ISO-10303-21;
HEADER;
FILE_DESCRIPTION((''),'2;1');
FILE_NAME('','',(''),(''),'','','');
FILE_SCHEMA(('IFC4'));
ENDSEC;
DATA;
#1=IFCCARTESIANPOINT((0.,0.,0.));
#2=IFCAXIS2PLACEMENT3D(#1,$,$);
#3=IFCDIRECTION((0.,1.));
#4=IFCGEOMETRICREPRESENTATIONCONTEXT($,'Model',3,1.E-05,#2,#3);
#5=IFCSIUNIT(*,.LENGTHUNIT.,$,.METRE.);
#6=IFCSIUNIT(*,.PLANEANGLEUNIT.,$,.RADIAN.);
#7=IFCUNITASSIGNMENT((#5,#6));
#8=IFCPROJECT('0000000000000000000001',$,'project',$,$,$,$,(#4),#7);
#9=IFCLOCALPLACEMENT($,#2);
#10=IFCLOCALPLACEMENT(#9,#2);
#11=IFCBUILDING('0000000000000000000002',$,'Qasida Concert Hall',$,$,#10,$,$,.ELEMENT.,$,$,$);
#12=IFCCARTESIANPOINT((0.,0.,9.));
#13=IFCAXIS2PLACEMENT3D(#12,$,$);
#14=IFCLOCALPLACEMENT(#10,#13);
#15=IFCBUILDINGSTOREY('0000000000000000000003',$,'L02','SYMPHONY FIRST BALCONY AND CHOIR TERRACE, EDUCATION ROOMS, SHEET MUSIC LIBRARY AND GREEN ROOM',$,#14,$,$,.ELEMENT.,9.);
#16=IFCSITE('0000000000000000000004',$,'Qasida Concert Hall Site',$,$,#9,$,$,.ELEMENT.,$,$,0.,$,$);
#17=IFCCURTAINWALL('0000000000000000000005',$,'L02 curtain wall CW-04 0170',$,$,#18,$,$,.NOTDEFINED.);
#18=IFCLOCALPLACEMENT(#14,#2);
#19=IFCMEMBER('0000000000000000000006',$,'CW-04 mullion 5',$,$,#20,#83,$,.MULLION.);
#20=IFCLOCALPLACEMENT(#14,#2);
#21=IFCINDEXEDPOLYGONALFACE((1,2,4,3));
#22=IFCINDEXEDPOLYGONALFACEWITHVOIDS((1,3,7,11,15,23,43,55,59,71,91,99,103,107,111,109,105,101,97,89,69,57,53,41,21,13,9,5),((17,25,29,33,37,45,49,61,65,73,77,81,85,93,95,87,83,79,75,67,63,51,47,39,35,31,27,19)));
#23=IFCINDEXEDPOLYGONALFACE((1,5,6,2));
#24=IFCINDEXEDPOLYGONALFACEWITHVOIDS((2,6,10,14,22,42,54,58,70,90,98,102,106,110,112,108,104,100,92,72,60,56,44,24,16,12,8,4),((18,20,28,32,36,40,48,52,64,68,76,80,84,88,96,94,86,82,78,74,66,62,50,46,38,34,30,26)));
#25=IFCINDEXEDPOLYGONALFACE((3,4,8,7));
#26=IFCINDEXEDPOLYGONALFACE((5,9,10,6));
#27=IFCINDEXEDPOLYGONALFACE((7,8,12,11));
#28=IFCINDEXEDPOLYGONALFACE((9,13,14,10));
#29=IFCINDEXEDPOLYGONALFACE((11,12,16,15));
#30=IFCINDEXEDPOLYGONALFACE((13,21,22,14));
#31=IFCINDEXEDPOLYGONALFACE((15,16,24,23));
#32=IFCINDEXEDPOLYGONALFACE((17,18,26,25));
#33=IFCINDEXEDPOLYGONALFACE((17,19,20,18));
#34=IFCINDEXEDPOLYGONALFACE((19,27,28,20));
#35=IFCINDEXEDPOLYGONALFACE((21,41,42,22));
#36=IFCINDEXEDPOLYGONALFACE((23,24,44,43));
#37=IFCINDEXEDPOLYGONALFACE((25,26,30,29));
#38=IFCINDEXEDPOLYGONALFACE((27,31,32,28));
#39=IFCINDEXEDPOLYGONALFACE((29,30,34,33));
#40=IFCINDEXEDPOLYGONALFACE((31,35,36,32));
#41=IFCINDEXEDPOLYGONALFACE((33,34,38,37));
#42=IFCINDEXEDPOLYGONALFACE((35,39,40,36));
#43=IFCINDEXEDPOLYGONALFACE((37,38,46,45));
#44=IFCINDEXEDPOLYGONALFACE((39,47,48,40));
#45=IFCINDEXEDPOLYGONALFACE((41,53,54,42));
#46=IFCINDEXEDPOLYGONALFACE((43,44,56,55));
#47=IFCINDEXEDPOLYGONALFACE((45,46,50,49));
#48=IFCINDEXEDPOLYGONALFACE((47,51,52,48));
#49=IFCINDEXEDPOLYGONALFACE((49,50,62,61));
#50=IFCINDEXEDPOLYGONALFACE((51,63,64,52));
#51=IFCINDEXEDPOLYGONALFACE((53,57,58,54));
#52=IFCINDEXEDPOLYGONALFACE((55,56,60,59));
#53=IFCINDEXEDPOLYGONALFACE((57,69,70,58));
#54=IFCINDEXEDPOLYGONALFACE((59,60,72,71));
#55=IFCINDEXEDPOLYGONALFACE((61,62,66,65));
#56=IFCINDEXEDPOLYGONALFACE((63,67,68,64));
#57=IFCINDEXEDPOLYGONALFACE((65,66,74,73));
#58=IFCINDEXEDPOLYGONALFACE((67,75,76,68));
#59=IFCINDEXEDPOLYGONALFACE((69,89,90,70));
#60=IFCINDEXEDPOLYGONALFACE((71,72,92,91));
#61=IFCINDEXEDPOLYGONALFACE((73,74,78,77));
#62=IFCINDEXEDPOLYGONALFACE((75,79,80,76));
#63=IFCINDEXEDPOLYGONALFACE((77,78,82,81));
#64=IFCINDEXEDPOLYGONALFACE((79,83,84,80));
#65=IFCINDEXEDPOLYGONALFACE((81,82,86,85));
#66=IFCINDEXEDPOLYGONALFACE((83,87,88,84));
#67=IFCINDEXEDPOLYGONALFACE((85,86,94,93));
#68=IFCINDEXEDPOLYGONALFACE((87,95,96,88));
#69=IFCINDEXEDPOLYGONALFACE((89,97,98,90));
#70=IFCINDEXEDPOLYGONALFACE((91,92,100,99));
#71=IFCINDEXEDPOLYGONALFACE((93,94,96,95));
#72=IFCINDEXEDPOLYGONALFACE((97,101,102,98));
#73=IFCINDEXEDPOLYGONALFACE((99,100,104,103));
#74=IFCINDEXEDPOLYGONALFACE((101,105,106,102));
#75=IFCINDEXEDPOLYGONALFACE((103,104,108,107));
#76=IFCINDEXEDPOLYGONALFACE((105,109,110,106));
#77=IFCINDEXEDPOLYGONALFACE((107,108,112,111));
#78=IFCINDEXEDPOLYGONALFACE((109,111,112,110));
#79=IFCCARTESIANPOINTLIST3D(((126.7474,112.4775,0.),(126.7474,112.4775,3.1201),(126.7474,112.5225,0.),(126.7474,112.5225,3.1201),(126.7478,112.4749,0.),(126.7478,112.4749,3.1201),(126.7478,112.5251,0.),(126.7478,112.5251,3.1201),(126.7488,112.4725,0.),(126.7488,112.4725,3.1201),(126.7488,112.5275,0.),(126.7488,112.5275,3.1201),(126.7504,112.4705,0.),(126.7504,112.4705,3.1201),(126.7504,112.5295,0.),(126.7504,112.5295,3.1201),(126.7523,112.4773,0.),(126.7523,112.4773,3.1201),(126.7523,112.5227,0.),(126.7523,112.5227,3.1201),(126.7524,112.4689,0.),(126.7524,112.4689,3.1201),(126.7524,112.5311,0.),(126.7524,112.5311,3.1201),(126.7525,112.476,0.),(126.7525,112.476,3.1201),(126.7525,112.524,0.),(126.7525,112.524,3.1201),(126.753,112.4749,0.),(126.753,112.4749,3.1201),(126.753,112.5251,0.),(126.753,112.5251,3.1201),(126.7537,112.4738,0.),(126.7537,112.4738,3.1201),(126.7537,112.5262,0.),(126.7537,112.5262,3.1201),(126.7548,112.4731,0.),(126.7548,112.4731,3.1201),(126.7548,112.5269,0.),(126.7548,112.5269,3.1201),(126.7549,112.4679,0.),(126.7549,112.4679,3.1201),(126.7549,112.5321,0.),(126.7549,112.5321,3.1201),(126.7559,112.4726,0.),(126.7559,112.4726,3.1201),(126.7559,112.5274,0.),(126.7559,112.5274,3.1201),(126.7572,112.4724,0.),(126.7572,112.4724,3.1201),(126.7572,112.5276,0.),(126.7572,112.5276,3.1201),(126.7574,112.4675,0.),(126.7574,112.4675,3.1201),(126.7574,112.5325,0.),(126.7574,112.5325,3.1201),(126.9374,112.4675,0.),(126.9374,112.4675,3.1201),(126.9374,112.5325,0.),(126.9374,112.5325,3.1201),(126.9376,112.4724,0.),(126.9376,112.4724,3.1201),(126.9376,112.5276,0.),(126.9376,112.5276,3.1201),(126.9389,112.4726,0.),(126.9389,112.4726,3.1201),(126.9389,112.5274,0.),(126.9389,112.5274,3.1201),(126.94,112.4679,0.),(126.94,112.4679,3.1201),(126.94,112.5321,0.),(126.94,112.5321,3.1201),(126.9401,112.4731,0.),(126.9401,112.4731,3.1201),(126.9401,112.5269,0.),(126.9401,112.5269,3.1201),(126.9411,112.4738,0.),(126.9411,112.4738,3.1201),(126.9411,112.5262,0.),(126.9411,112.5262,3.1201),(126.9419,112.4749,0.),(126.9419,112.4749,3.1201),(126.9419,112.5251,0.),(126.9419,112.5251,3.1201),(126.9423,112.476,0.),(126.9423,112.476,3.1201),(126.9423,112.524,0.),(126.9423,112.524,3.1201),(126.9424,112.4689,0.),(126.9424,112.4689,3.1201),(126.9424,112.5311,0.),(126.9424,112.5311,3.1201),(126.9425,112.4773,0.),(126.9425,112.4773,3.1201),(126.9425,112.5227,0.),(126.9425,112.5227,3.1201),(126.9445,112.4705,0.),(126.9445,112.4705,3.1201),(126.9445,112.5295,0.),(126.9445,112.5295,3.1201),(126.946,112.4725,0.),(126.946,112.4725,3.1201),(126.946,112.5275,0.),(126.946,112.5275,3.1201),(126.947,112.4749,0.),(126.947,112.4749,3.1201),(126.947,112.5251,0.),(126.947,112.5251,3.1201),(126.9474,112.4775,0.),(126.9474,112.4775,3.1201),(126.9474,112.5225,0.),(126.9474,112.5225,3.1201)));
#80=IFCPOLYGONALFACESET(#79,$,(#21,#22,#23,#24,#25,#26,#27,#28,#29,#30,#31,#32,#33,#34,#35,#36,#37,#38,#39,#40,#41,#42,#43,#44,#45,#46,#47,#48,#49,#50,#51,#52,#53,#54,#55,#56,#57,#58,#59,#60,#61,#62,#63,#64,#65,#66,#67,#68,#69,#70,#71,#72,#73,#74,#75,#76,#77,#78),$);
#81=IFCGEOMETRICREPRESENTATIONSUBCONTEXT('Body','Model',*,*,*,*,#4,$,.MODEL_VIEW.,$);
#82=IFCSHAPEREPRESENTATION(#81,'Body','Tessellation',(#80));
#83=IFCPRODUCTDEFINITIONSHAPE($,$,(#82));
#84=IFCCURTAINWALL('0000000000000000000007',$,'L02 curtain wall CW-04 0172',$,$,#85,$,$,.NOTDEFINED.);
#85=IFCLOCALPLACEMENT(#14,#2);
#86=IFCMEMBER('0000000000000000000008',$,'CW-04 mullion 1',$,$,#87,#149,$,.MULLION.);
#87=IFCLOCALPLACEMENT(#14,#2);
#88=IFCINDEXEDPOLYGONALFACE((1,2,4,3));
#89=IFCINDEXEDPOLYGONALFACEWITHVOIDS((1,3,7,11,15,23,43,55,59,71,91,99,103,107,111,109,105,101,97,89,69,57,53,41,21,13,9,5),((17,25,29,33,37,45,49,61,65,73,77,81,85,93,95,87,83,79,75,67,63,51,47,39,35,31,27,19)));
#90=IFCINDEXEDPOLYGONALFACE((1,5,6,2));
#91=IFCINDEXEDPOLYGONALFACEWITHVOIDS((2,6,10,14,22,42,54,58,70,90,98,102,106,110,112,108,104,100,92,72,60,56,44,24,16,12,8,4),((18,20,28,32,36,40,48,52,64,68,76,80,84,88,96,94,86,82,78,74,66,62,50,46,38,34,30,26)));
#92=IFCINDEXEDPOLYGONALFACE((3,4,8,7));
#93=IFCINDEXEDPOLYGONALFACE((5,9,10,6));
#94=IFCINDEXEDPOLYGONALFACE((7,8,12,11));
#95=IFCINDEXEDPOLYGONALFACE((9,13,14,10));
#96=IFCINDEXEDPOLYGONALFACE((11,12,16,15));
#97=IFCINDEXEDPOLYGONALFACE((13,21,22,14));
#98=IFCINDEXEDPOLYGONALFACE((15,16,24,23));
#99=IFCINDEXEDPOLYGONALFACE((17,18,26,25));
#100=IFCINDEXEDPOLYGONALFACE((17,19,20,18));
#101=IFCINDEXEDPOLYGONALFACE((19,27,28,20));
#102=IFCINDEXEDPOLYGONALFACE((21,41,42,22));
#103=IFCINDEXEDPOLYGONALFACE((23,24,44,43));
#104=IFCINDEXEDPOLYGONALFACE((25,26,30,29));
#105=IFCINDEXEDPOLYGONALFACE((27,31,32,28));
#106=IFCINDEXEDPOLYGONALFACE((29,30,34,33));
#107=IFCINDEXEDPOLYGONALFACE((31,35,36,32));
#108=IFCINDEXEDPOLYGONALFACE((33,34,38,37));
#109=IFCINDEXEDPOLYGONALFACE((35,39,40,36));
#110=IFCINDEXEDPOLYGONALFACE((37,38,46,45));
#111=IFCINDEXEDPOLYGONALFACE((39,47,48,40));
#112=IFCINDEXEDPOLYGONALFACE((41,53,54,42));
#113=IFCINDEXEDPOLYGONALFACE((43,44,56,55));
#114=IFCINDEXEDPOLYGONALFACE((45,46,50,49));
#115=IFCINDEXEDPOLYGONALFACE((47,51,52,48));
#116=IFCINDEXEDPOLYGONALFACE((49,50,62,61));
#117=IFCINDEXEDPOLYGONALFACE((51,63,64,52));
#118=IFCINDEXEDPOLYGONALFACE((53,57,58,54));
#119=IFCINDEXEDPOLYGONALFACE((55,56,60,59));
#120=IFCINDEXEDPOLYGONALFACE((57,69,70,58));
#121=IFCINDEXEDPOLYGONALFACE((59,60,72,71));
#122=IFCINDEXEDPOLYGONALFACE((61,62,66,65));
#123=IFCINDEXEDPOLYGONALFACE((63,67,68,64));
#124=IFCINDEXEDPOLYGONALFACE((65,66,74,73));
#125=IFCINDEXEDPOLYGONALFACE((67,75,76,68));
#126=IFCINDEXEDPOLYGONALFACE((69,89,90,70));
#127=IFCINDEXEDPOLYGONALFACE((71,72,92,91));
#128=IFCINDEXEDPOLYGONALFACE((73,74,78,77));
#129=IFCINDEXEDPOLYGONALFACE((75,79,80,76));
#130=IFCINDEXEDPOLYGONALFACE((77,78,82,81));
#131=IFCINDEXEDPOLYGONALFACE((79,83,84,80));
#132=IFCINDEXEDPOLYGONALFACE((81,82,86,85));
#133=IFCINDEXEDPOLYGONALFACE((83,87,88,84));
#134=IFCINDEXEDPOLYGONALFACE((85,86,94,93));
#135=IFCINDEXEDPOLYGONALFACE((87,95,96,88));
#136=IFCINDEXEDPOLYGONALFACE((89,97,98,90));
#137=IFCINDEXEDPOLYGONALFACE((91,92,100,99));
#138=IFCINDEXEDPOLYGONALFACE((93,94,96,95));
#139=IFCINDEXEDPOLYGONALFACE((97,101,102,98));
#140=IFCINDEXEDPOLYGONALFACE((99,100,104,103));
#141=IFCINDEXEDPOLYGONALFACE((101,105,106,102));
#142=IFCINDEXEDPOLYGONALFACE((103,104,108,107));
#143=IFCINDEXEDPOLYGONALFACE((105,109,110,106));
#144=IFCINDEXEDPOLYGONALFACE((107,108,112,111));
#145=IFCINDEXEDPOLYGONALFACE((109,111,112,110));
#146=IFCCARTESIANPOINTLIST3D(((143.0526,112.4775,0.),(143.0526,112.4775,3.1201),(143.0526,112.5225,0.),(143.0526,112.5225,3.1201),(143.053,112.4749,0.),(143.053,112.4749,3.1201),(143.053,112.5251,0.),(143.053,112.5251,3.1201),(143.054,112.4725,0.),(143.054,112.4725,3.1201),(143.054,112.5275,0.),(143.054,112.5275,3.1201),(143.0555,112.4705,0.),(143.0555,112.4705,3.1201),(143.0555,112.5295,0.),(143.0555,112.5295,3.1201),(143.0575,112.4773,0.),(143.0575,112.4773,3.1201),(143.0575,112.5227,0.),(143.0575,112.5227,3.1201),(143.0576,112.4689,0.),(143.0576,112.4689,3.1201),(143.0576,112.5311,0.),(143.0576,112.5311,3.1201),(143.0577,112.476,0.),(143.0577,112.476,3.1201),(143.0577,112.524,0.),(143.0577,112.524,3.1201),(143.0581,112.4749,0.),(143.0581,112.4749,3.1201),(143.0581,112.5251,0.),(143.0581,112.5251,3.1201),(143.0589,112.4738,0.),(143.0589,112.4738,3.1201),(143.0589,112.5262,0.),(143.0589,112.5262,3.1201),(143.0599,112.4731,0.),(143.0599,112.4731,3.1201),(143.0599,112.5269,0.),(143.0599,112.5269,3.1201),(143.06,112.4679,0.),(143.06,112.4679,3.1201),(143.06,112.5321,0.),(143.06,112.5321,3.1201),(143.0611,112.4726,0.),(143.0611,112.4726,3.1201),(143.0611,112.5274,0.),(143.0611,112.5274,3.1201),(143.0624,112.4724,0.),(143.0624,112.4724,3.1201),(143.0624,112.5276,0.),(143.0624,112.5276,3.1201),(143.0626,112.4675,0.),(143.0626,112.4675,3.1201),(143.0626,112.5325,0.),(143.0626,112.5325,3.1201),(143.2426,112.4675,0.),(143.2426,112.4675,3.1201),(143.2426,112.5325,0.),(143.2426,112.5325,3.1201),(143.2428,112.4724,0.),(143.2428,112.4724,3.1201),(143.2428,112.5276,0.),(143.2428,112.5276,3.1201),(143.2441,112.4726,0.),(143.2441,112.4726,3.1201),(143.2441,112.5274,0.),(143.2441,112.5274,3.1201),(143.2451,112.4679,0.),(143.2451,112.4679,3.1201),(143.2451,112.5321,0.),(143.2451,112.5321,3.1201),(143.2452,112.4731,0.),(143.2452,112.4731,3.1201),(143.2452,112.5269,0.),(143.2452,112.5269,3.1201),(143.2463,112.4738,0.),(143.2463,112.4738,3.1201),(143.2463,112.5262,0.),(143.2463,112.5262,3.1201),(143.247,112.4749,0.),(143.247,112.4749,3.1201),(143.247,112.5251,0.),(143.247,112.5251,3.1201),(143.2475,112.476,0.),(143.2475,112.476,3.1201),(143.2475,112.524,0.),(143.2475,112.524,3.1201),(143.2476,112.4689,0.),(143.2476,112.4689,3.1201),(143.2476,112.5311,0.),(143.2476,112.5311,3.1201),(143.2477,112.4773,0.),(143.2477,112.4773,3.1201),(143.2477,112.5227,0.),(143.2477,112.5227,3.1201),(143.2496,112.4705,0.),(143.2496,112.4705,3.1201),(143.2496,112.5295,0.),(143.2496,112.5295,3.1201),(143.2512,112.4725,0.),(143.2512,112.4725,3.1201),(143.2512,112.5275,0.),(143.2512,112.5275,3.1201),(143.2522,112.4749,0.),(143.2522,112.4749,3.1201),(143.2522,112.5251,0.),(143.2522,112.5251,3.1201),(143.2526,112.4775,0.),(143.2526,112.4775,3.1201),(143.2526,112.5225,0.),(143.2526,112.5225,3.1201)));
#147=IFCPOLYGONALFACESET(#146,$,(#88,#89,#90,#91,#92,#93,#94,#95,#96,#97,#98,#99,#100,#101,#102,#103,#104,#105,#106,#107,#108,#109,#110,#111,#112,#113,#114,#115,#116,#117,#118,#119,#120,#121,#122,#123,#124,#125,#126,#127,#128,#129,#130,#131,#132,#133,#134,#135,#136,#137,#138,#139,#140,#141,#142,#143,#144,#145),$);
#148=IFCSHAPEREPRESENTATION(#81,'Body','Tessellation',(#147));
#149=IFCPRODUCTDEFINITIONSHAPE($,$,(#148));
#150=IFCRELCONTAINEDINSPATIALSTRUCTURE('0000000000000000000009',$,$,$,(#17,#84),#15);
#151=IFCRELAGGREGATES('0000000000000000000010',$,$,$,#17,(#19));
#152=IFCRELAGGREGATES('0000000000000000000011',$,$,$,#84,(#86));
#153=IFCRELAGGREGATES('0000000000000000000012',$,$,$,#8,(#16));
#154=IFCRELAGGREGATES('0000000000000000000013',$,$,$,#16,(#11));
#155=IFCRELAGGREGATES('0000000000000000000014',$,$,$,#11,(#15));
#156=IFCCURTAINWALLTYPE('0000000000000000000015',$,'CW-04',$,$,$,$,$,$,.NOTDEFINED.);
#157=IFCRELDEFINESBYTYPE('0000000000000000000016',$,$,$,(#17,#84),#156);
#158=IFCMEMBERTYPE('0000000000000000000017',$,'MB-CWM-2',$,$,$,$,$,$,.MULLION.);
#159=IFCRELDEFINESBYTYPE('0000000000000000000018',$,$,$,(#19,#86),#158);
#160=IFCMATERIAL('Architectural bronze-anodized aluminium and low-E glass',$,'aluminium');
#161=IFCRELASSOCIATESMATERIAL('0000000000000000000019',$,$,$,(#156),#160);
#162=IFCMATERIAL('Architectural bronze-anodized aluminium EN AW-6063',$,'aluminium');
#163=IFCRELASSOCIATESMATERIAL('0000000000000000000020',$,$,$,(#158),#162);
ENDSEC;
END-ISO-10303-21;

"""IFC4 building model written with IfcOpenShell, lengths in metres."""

from ifc_helpers import new_model, si_unit, direction, frame, origin, origin_2d, place, context, subcontext, project, spatial, hollow_rectangle, extrude, material, material_profile, profile_set, type_object, element, aggregate, save


model = new_model("IFC4")

# Units and contexts
model_context = context("Model", 3, precision=1e-05, world=origin(), true_north=direction((0.0, 1.0)))
body_context = subcontext(model_context, "Body", "Model", "MODEL_VIEW")
ifc_project = project(units=[si_unit("LENGTHUNIT", "METRE"), si_unit("PLANEANGLEUNIT", "RADIAN")], contexts=[model_context])

# Site, building, storey
site_placement = place(None, origin())
site = spatial("IfcSite", under=ifc_project, at=site_placement, Name="Qasida Concert Hall Site", CompositionType="ELEMENT", RefElevation=0.0)
building_placement = place(site_placement, origin())
building = spatial("IfcBuilding", under=site, at=building_placement, Name="Qasida Concert Hall", CompositionType="ELEMENT")
storey_placement = place(building_placement, frame((0.0, 0.0, 9.0)))
storey = spatial("IfcBuildingStorey", under=building, at=storey_placement, Name="L02", Description="SYMPHONY FIRST BALCONY AND CHOIR TERRACE, EDUCATION ROOMS, SHEET MUSIC LIBRARY AND GREEN ROOM", CompositionType="ELEMENT", Elevation=9.0)

# Curtain wall, member
ifc_material_1 = material(Name="Architectural bronze-anodized aluminium and low-E glass", Category="aluminium")
curtain_wall_type = type_object("IfcCurtainWallType", Name="CW-04", PredefinedType="NOTDEFINED", material=ifc_material_1)
curtain_wall_1_placement = place(storey_placement, origin())
curtain_wall_1 = element("IfcCurtainWall", 1, at=curtain_wall_1_placement, inside=storey, type_object=curtain_wall_type, Name="L02 curtain wall CW-04 0170", PredefinedType="NOTDEFINED")
ifc_material_2 = material(Name="Architectural bronze-anodized aluminium EN AW-6063", Category="aluminium")
ifc_material_profile_1 = material_profile(ifc_material_2, hollow_rectangle(XDim=0.0649, YDim=0.2, WallThickness=0.0049, InnerFilletRadius=0.0049, OuterFilletRadius=0.01, at=origin_2d()), Name="CWM 200x65x5")
ifc_profile_set_1 = profile_set([ifc_material_profile_1], Name="Architectural bronze-anodized aluminium EN AW-6063")
member_type_1 = type_object("IfcMemberType", Name="MB-CWM-2", PredefinedType="MULLION", material=ifc_profile_set_1)
member_1_placement = place(storey_placement, frame((126.8474, 112.5, 0.0), z_axis=(0.0, 0.0, 1.0), x_axis=(0.0, 1.0, 0.0)))
member_1 = element("IfcMember", 2, at=member_1_placement, type_object=member_type_1, Name="CW-04 mullion 5", PredefinedType="MULLION", context=body_context, shape_type="SweptSolid", body=[
    extrude(hollow_rectangle(XDim=0.0649, YDim=0.2, WallThickness=0.0049, InnerFilletRadius=0.0049, OuterFilletRadius=0.01, at=origin_2d()), origin(), (0.0, 0.0, 1.0), 3.1201),
])

# Curtain wall, member
curtain_wall_2_placement = place(storey_placement, origin())
curtain_wall_2 = element("IfcCurtainWall", 3, at=curtain_wall_2_placement, inside=storey, type_object=curtain_wall_type, Name="L02 curtain wall CW-04 0172", PredefinedType="NOTDEFINED")
member_2_placement = place(storey_placement, frame((143.1526, 112.5, 0.0), z_axis=(0.0, 0.0, 1.0), x_axis=(0.0, 1.0, 0.0)))
member_2 = element("IfcMember", 4, at=member_2_placement, type_object=member_type_1, Name="CW-04 mullion 1", PredefinedType="MULLION", context=body_context, shape_type="SweptSolid", body=[
    extrude(hollow_rectangle(XDim=0.0649, YDim=0.2, WallThickness=0.0049, InnerFilletRadius=0.0049, OuterFilletRadius=0.01, at=origin_2d()), origin(), (0.0, 0.0, 1.0), 3.1201),
])

aggregate(curtain_wall_1, [member_1])
aggregate(curtain_wall_2, [member_2])

save(model, "model.ifc")
